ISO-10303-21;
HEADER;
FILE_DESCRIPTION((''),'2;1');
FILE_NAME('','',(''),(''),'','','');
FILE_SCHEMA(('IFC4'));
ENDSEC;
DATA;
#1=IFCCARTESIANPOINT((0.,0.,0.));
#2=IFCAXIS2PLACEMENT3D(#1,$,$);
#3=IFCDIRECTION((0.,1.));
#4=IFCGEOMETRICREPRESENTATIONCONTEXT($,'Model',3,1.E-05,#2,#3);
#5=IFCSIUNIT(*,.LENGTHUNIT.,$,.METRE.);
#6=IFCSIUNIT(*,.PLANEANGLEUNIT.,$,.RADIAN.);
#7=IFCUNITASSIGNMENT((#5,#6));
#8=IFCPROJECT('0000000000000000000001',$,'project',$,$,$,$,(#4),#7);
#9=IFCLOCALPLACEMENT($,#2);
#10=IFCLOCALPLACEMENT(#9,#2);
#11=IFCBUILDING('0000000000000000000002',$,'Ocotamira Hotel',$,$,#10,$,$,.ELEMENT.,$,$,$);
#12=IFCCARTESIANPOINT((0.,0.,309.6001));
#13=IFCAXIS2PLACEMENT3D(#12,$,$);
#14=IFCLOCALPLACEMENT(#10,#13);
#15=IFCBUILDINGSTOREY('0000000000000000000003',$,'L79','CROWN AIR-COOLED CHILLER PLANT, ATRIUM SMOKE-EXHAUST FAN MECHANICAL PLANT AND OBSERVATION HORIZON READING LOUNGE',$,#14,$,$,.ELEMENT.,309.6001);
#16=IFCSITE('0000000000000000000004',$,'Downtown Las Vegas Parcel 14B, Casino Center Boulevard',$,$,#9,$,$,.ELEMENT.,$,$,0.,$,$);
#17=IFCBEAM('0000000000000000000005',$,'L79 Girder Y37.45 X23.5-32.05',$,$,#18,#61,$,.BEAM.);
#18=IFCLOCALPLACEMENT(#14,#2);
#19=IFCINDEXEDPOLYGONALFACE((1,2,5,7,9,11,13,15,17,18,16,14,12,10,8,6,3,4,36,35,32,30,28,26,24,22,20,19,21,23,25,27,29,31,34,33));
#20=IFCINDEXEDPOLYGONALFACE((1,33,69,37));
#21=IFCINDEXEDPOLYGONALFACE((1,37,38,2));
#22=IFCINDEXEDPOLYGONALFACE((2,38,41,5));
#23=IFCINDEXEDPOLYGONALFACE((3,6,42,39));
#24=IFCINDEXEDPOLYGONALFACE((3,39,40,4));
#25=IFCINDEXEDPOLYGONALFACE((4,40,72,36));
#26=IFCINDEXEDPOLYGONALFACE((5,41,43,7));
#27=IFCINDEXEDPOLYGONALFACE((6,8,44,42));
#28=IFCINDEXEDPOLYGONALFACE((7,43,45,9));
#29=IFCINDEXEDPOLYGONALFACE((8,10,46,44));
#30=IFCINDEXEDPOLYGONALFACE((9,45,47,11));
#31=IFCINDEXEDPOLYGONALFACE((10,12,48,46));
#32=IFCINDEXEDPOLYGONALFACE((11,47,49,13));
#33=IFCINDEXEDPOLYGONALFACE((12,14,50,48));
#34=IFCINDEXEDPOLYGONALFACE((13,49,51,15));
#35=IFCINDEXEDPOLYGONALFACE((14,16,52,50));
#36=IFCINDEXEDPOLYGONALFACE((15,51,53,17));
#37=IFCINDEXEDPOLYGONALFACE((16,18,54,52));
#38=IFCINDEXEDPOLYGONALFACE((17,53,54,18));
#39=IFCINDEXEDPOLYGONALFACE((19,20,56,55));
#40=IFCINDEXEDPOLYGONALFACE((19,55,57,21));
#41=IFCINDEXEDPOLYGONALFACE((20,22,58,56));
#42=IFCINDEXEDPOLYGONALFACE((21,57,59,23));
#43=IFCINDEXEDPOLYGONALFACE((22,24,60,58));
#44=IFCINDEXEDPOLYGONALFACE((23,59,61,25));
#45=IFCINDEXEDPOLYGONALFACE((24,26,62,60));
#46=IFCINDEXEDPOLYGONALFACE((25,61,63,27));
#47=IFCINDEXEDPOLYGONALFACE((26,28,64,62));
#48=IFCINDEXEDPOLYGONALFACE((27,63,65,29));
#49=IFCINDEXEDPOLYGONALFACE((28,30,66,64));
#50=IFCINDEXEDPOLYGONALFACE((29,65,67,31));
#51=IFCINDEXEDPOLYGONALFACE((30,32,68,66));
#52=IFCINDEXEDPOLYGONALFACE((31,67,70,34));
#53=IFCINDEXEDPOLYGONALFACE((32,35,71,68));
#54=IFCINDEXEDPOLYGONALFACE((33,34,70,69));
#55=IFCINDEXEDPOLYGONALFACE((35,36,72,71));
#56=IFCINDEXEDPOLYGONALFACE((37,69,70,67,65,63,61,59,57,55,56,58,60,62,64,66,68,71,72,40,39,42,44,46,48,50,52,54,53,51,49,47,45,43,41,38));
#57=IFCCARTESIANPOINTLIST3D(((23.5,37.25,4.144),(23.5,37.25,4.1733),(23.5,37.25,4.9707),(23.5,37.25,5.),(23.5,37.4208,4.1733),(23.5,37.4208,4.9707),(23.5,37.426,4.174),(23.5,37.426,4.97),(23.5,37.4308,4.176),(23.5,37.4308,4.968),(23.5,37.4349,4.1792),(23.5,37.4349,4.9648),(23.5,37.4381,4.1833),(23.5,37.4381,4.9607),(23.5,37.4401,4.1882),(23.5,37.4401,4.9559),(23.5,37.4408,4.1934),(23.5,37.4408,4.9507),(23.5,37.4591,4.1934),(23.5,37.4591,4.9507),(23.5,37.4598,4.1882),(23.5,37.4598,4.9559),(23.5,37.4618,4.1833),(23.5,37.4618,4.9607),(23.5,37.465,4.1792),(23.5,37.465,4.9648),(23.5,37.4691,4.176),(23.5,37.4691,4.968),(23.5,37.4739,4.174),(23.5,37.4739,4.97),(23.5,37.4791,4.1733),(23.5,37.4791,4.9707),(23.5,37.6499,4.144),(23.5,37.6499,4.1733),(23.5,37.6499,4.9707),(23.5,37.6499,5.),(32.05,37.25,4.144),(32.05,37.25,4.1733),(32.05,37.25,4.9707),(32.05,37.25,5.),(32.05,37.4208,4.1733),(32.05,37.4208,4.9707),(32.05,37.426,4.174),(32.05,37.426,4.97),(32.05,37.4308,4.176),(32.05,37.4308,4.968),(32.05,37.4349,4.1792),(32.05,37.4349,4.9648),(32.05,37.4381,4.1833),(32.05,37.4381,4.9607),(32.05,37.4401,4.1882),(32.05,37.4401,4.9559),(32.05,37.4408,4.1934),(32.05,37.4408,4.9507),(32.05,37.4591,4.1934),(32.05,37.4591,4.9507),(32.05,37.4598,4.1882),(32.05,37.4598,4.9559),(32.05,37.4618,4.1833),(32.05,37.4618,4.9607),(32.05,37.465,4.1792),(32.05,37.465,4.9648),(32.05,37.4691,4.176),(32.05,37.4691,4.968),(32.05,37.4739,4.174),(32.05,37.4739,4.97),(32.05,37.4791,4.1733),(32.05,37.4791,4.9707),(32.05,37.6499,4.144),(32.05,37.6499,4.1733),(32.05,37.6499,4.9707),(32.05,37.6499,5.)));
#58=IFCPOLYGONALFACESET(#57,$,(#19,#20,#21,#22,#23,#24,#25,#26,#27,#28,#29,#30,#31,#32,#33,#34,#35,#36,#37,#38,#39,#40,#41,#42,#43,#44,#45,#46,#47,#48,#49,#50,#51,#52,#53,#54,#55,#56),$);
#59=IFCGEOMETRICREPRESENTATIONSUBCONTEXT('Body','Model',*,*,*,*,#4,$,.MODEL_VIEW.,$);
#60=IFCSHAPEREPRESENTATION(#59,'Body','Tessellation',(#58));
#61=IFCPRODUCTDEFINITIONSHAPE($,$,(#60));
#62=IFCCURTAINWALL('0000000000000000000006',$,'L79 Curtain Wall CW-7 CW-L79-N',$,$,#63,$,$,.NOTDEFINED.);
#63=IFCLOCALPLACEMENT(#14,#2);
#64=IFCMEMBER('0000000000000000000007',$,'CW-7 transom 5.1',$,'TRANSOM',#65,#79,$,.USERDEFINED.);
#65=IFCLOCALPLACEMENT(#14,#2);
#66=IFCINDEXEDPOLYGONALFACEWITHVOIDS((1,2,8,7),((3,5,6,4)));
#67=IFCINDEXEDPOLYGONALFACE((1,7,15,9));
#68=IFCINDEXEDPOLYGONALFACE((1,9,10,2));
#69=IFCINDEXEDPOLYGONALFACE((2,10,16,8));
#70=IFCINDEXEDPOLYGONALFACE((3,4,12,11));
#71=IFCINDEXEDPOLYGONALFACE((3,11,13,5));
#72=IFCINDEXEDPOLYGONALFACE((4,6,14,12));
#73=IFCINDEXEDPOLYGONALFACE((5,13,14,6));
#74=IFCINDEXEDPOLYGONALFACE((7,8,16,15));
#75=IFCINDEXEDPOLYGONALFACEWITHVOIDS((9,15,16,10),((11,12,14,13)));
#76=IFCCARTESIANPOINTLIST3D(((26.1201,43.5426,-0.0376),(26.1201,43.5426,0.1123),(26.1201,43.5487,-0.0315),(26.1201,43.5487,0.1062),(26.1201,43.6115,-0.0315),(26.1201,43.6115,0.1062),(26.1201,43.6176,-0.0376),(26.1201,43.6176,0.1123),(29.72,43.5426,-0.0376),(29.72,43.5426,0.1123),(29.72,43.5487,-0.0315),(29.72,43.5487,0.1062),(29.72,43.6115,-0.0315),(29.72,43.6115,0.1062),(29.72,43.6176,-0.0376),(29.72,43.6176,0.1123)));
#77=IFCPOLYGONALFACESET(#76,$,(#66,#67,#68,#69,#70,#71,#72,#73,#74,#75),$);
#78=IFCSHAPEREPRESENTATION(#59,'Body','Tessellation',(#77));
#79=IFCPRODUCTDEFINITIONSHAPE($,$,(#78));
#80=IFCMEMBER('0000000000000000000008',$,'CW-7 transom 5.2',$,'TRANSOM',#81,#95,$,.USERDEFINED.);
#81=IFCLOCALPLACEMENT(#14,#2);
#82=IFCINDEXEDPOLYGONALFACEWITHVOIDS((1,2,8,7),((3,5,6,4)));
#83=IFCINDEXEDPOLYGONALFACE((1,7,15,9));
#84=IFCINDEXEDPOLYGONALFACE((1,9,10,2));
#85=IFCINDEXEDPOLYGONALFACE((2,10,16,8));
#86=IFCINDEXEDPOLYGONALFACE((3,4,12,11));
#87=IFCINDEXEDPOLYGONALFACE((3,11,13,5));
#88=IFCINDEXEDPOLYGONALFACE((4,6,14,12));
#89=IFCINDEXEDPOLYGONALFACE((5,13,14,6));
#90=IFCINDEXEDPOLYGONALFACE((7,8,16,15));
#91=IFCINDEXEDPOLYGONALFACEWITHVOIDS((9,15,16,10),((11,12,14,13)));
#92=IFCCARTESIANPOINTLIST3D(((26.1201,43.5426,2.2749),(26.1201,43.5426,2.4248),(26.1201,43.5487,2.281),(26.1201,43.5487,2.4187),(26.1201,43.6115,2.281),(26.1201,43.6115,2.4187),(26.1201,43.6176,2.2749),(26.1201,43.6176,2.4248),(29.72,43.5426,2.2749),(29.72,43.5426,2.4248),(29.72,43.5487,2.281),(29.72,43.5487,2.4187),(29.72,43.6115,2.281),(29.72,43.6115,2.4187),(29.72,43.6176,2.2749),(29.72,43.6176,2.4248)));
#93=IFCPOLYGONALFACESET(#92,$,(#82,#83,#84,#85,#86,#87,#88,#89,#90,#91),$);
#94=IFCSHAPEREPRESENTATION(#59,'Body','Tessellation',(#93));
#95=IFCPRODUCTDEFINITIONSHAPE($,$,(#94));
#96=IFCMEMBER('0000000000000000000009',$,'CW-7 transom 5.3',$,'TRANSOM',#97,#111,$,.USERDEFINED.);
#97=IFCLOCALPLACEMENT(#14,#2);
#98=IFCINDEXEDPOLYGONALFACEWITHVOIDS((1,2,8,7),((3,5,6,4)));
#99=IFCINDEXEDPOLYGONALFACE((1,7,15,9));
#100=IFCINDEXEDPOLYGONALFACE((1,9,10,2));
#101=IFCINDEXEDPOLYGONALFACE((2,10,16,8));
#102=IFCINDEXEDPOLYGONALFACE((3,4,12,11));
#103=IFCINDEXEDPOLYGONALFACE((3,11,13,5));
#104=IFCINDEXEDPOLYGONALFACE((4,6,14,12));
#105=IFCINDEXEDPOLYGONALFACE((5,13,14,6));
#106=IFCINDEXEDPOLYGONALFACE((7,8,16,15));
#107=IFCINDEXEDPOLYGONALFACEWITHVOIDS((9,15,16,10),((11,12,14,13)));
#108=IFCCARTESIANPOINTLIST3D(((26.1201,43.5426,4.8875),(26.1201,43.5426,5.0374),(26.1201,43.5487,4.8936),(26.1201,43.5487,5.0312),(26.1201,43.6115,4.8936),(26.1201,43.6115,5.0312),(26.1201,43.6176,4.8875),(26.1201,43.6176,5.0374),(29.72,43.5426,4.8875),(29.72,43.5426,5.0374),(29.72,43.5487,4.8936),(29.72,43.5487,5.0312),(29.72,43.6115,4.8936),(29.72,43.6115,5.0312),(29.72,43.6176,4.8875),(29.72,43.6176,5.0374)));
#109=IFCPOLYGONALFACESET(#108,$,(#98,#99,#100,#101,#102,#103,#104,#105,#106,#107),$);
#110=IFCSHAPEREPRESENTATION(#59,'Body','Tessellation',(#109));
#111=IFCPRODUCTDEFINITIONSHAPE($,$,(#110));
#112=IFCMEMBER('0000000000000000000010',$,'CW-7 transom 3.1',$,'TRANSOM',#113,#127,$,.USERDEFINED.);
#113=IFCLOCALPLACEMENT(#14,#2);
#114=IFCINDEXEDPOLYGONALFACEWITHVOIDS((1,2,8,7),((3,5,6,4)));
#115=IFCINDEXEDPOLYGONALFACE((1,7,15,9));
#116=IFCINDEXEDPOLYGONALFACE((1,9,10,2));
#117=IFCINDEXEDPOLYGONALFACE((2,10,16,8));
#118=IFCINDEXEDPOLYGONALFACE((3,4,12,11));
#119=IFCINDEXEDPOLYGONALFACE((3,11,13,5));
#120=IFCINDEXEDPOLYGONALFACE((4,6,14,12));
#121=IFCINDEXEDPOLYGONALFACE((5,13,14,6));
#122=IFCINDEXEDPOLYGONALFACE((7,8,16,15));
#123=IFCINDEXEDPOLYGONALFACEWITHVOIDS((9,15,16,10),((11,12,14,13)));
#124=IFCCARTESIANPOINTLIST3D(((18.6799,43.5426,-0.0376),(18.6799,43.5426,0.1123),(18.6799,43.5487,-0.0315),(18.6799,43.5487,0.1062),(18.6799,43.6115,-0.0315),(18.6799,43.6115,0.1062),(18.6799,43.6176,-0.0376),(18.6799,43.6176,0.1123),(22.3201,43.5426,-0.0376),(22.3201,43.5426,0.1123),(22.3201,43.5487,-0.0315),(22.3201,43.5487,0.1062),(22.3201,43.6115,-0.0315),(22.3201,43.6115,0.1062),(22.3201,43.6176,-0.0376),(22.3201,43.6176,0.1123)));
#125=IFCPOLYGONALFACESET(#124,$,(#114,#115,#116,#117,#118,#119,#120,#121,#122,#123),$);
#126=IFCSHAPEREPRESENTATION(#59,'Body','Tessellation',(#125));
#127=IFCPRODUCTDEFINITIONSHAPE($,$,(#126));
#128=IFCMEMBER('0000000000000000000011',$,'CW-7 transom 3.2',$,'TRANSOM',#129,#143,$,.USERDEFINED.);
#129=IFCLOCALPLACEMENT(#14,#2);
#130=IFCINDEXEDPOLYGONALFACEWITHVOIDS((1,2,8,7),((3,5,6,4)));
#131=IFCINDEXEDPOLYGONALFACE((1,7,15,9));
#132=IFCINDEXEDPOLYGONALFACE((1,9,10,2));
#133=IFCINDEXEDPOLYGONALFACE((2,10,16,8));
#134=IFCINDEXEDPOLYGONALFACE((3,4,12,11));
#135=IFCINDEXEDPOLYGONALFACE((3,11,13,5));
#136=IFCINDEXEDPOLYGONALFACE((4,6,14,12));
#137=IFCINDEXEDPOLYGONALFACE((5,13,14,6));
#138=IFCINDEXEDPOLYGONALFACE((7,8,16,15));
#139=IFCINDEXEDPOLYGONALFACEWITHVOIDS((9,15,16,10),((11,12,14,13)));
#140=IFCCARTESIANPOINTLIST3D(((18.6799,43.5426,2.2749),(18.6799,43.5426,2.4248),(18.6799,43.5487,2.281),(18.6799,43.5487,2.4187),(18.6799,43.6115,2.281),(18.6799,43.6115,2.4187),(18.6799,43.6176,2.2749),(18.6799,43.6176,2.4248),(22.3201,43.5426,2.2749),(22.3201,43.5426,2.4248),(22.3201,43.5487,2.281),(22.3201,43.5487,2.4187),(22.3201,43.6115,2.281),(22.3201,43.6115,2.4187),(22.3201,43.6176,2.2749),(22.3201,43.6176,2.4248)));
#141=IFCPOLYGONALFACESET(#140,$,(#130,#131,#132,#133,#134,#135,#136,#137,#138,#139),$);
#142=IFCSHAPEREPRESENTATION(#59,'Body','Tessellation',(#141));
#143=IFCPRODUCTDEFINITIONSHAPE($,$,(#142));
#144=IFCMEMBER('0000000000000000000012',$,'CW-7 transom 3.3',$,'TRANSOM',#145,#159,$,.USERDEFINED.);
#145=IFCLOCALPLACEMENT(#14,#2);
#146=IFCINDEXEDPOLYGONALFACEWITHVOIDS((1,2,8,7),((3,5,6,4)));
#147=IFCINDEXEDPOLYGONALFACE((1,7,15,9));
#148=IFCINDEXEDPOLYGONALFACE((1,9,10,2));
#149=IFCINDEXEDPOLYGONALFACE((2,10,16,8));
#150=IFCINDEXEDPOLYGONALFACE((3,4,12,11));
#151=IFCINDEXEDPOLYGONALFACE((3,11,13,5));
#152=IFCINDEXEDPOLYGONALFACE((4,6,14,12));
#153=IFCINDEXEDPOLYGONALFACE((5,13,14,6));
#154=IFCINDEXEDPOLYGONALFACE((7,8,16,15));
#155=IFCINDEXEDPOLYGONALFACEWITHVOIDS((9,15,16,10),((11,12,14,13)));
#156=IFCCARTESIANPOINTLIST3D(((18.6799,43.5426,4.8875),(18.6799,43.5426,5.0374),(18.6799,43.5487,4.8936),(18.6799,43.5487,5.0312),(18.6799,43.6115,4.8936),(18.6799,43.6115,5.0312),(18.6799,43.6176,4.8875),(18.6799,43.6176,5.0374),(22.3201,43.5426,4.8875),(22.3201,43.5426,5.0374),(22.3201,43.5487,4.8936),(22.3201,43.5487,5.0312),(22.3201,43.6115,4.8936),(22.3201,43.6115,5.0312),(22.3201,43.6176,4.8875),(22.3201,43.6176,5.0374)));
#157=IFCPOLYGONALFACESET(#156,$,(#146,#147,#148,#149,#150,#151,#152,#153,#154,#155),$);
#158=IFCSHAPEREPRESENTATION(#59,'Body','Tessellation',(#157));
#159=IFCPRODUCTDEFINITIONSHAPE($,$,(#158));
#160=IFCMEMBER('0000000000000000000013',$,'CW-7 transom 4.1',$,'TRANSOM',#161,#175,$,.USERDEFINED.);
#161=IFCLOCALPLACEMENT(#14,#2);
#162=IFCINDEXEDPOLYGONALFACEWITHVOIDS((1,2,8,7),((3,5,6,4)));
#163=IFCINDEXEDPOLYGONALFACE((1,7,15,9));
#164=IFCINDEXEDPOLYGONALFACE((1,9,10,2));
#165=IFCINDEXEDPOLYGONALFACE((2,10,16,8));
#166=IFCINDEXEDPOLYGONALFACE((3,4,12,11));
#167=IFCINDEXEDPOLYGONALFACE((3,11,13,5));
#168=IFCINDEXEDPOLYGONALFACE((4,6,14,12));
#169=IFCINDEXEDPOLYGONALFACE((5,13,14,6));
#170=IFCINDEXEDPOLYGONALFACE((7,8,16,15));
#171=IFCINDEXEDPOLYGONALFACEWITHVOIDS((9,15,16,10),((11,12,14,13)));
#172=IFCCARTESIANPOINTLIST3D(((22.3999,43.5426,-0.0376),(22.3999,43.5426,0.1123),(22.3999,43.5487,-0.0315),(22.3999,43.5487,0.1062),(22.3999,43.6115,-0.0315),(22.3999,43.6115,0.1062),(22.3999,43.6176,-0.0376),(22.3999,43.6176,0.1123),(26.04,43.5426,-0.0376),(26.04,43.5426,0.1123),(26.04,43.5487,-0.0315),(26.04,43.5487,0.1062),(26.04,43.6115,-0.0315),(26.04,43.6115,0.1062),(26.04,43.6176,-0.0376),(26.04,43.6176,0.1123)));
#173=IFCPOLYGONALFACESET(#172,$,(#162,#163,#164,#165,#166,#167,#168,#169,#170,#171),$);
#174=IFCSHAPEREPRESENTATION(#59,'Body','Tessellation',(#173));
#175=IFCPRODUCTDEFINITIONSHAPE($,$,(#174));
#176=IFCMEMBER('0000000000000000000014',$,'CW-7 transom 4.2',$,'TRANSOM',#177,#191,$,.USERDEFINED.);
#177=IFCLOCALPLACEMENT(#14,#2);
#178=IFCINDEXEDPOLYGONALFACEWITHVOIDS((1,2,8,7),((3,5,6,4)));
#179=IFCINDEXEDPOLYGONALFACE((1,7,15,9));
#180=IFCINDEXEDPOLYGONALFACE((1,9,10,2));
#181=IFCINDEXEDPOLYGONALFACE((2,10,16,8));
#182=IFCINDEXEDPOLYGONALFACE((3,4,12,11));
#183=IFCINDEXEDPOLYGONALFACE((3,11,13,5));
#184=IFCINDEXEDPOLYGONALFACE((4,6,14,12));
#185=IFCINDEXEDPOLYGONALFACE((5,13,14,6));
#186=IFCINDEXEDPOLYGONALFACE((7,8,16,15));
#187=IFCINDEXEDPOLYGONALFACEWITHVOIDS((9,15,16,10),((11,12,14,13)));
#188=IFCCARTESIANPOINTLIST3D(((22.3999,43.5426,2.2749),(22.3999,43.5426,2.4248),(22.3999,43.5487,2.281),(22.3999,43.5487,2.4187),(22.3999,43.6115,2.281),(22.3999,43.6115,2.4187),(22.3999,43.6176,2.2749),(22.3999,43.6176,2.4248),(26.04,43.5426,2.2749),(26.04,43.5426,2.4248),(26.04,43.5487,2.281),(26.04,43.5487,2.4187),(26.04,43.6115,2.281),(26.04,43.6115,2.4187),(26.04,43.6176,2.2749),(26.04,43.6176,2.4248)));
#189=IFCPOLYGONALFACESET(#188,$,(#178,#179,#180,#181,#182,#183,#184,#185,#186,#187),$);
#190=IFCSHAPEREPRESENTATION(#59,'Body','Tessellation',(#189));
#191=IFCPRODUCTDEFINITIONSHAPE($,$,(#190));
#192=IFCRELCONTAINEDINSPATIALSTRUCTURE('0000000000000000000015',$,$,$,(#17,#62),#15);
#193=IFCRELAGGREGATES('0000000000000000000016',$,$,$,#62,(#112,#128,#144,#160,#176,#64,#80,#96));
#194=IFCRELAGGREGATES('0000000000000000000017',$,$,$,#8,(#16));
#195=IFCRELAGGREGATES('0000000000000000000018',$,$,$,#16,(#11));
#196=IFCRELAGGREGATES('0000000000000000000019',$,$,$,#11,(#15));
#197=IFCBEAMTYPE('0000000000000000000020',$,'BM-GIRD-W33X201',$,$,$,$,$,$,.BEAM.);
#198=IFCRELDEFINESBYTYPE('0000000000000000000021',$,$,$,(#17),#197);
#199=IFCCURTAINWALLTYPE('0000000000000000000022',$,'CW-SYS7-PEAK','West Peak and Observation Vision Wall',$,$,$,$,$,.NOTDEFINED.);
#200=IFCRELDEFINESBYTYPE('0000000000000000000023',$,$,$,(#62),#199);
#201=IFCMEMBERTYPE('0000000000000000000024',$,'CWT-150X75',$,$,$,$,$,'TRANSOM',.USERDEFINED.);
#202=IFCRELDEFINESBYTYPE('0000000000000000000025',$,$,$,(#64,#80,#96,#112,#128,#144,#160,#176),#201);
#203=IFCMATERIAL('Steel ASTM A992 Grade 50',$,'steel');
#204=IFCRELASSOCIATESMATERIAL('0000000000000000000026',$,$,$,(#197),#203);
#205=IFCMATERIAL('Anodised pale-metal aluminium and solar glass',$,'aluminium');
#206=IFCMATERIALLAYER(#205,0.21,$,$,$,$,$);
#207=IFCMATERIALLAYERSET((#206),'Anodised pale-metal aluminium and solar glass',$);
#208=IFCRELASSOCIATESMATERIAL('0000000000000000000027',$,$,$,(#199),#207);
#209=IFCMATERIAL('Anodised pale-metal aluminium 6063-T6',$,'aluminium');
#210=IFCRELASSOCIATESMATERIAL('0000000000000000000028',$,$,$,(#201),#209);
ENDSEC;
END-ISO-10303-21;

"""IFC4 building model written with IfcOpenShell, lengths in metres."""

from ifc_helpers import new_model, si_unit, direction, frame, origin, origin_2d, place, context, subcontext, project, spatial, hollow_rectangle, i_section, extrude, source, transform, mapped, material, layer, layer_set, material_profile, profile_set, type_object, element, aggregate, save


model = new_model("IFC4")

# Units and contexts
model_context = context("Model", 3, precision=1e-05, world=origin(), true_north=direction((0.0, 1.0)))
body_context = subcontext(model_context, "Body", "Model", "MODEL_VIEW")
ifc_project = project(units=[si_unit("LENGTHUNIT", "METRE"), si_unit("PLANEANGLEUNIT", "RADIAN")], contexts=[model_context])

# Site, building, storey
site_placement = place(None, origin())
site = spatial("IfcSite", under=ifc_project, at=site_placement, Name="Downtown Las Vegas Parcel 14B, Casino Center Boulevard", CompositionType="ELEMENT", RefElevation=0.0)
building_placement = place(site_placement, origin())
building = spatial("IfcBuilding", under=site, at=building_placement, Name="Ocotamira Hotel", CompositionType="ELEMENT")
storey_placement = place(building_placement, frame((0.0, 0.0, 309.6001)))
storey = spatial("IfcBuildingStorey", under=building, at=storey_placement, Name="L79", Description="CROWN AIR-COOLED CHILLER PLANT, ATRIUM SMOKE-EXHAUST FAN MECHANICAL PLANT AND OBSERVATION HORIZON READING LOUNGE", CompositionType="ELEMENT", Elevation=309.6001)

# Shared definitions
ifc_material_1 = material(Name="Steel ASTM A992 Grade 50", Category="steel")

# Beam
ifc_material_profile_1 = material_profile(ifc_material_1, i_section(OverallWidth=0.3999, OverallDepth=0.856, WebThickness=0.0183, FlangeThickness=0.0293, FilletRadius=0.02, at=origin_2d()), Name="W33X201")
ifc_profile_set_1 = profile_set([ifc_material_profile_1], Name="Steel ASTM A992 Grade 50")
beam_type = type_object("IfcBeamType", Name="BM-GIRD-W33X201", PredefinedType="BEAM", material=ifc_profile_set_1)
shared_shape_1 = source(origin(), body_context, "Body", "SweptSolid", [
    extrude(i_section(OverallWidth=0.3999, OverallDepth=0.856, WebThickness=0.0183, FlangeThickness=0.0293, FilletRadius=0.02, at=origin_2d()), origin(), (0.0, 0.0, 1.0), 8.55),
])
beam_placement = place(storey_placement, frame((23.5, 37.45, 4.572), z_axis=(1.0, 0.0, 0.0), x_axis=(0.0, 1.0, 0.0)))
element("IfcBeam", 1, at=beam_placement, inside=storey, type_object=beam_type, Name="L79 Girder Y37.45 X23.5-32.05", PredefinedType="BEAM", context=body_context, shape_type="MappedRepresentation", body=[
    mapped(shared_shape_1, transform((0.0, 0.0, 0.0), scale=1.0)),
])

# Curtain wall, members
ifc_material_2 = material(Name="Anodised pale-metal aluminium and solar glass", Category="aluminium")
ifc_layer_1 = layer(ifc_material_2, 0.21)
ifc_layer_set_1 = layer_set([ifc_layer_1], Name="Anodised pale-metal aluminium and solar glass")
curtain_wall_type = type_object("IfcCurtainWallType", Name="CW-SYS7-PEAK", Description="West Peak and Observation Vision Wall", PredefinedType="NOTDEFINED", material=ifc_layer_set_1)
curtain_wall_1_placement = place(storey_placement, origin())
curtain_wall_1 = element("IfcCurtainWall", 2, at=curtain_wall_1_placement, inside=storey, type_object=curtain_wall_type, Name="L79 Curtain Wall CW-7 CW-L79-N", PredefinedType="NOTDEFINED")
ifc_material_3 = material(Name="Anodised pale-metal aluminium 6063-T6", Category="aluminium")
ifc_material_profile_2 = material_profile(ifc_material_3, hollow_rectangle(XDim=0.075, YDim=0.1499, WallThickness=0.0061, at=origin_2d()), Name="HSS150X75X6")
ifc_profile_set_2 = profile_set([ifc_material_profile_2], Name="Anodised pale-metal aluminium 6063-T6")
member_type_1 = type_object("IfcMemberType", Name="CWT-150X75", ElementType="TRANSOM", PredefinedType="USERDEFINED", material=ifc_profile_set_2)
shared_shape_2 = source(origin(), body_context, "Body", "SweptSolid", [
    extrude(hollow_rectangle(XDim=0.075, YDim=0.1499, WallThickness=0.0061, at=origin_2d()), origin(), (0.0, 0.0, 1.0), 3.5999),
])
member_1_placement = place(storey_placement, frame((26.1201, 43.5801, 0.0374), z_axis=(1.0, 0.0, 0.0), x_axis=(0.0, 1.0, 0.0)))
member_1 = element("IfcMember", 3, at=member_1_placement, type_object=member_type_1, Name="CW-7 transom 5.1", ObjectType="TRANSOM", PredefinedType="USERDEFINED", context=body_context, shape_type="MappedRepresentation", body=[
    mapped(shared_shape_2, transform((0.0, 0.0, 0.0), scale=1.0)),
])
member_2_placement = place(storey_placement, frame((26.1201, 43.5801, 2.3499), z_axis=(1.0, 0.0, 0.0), x_axis=(0.0, 1.0, 0.0)))
member_2 = element("IfcMember", 4, at=member_2_placement, type_object=member_type_1, Name="CW-7 transom 5.2", ObjectType="TRANSOM", PredefinedType="USERDEFINED", context=body_context, shape_type="MappedRepresentation", body=[
    mapped(shared_shape_2, transform((0.0, 0.0, 0.0), scale=1.0)),
])
member_3_placement = place(storey_placement, frame((26.1201, 43.5801, 4.9624), z_axis=(1.0, 0.0, 0.0), x_axis=(0.0, 1.0, 0.0)))
member_3 = element("IfcMember", 5, at=member_3_placement, type_object=member_type_1, Name="CW-7 transom 5.3", ObjectType="TRANSOM", PredefinedType="USERDEFINED", context=body_context, shape_type="MappedRepresentation", body=[
    mapped(shared_shape_2, transform((0.0, 0.0, 0.0), scale=1.0)),
])
shared_shape_3 = source(origin(), body_context, "Body", "SweptSolid", [
    extrude(hollow_rectangle(XDim=0.075, YDim=0.1499, WallThickness=0.0061, at=origin_2d()), origin(), (0.0, 0.0, 1.0), 3.6401),
])
member_4_placement = place(storey_placement, frame((18.6799, 43.5801, 0.0374), z_axis=(1.0, 0.0, 0.0), x_axis=(0.0, 1.0, 0.0)))
member_4 = element("IfcMember", 6, at=member_4_placement, type_object=member_type_1, Name="CW-7 transom 3.1", ObjectType="TRANSOM", PredefinedType="USERDEFINED", context=body_context, shape_type="MappedRepresentation", body=[
    mapped(shared_shape_3, transform((0.0, 0.0, 0.0), scale=1.0)),
])
member_5_placement = place(storey_placement, frame((18.6799, 43.5801, 2.3499), z_axis=(1.0, 0.0, 0.0), x_axis=(0.0, 1.0, 0.0)))
member_5 = element("IfcMember", 7, at=member_5_placement, type_object=member_type_1, Name="CW-7 transom 3.2", ObjectType="TRANSOM", PredefinedType="USERDEFINED", context=body_context, shape_type="MappedRepresentation", body=[
    mapped(shared_shape_3, transform((0.0, 0.0, 0.0), scale=1.0)),
])
member_6_placement = place(storey_placement, frame((18.6799, 43.5801, 4.9624), z_axis=(1.0, 0.0, 0.0), x_axis=(0.0, 1.0, 0.0)))
member_6 = element("IfcMember", 8, at=member_6_placement, type_object=member_type_1, Name="CW-7 transom 3.3", ObjectType="TRANSOM", PredefinedType="USERDEFINED", context=body_context, shape_type="MappedRepresentation", body=[
    mapped(shared_shape_3, transform((0.0, 0.0, 0.0), scale=1.0)),
])
member_7_placement = place(storey_placement, frame((22.3999, 43.5801, 0.0374), z_axis=(1.0, 0.0, 0.0), x_axis=(0.0, 1.0, 0.0)))
member_7 = element("IfcMember", 9, at=member_7_placement, type_object=member_type_1, Name="CW-7 transom 4.1", ObjectType="TRANSOM", PredefinedType="USERDEFINED", context=body_context, shape_type="MappedRepresentation", body=[
    mapped(shared_shape_3, transform((0.0, 0.0, 0.0), scale=1.0)),
])
member_8_placement = place(storey_placement, frame((22.3999, 43.5801, 2.3499), z_axis=(1.0, 0.0, 0.0), x_axis=(0.0, 1.0, 0.0)))
member_8 = element("IfcMember", 10, at=member_8_placement, type_object=member_type_1, Name="CW-7 transom 4.2", ObjectType="TRANSOM", PredefinedType="USERDEFINED", context=body_context, shape_type="MappedRepresentation", body=[
    mapped(shared_shape_3, transform((0.0, 0.0, 0.0), scale=1.0)),
])

aggregate(curtain_wall_1, [member_4, member_5, member_6, member_7, member_8, member_1, member_2, member_3])

save(model, "model.ifc")
